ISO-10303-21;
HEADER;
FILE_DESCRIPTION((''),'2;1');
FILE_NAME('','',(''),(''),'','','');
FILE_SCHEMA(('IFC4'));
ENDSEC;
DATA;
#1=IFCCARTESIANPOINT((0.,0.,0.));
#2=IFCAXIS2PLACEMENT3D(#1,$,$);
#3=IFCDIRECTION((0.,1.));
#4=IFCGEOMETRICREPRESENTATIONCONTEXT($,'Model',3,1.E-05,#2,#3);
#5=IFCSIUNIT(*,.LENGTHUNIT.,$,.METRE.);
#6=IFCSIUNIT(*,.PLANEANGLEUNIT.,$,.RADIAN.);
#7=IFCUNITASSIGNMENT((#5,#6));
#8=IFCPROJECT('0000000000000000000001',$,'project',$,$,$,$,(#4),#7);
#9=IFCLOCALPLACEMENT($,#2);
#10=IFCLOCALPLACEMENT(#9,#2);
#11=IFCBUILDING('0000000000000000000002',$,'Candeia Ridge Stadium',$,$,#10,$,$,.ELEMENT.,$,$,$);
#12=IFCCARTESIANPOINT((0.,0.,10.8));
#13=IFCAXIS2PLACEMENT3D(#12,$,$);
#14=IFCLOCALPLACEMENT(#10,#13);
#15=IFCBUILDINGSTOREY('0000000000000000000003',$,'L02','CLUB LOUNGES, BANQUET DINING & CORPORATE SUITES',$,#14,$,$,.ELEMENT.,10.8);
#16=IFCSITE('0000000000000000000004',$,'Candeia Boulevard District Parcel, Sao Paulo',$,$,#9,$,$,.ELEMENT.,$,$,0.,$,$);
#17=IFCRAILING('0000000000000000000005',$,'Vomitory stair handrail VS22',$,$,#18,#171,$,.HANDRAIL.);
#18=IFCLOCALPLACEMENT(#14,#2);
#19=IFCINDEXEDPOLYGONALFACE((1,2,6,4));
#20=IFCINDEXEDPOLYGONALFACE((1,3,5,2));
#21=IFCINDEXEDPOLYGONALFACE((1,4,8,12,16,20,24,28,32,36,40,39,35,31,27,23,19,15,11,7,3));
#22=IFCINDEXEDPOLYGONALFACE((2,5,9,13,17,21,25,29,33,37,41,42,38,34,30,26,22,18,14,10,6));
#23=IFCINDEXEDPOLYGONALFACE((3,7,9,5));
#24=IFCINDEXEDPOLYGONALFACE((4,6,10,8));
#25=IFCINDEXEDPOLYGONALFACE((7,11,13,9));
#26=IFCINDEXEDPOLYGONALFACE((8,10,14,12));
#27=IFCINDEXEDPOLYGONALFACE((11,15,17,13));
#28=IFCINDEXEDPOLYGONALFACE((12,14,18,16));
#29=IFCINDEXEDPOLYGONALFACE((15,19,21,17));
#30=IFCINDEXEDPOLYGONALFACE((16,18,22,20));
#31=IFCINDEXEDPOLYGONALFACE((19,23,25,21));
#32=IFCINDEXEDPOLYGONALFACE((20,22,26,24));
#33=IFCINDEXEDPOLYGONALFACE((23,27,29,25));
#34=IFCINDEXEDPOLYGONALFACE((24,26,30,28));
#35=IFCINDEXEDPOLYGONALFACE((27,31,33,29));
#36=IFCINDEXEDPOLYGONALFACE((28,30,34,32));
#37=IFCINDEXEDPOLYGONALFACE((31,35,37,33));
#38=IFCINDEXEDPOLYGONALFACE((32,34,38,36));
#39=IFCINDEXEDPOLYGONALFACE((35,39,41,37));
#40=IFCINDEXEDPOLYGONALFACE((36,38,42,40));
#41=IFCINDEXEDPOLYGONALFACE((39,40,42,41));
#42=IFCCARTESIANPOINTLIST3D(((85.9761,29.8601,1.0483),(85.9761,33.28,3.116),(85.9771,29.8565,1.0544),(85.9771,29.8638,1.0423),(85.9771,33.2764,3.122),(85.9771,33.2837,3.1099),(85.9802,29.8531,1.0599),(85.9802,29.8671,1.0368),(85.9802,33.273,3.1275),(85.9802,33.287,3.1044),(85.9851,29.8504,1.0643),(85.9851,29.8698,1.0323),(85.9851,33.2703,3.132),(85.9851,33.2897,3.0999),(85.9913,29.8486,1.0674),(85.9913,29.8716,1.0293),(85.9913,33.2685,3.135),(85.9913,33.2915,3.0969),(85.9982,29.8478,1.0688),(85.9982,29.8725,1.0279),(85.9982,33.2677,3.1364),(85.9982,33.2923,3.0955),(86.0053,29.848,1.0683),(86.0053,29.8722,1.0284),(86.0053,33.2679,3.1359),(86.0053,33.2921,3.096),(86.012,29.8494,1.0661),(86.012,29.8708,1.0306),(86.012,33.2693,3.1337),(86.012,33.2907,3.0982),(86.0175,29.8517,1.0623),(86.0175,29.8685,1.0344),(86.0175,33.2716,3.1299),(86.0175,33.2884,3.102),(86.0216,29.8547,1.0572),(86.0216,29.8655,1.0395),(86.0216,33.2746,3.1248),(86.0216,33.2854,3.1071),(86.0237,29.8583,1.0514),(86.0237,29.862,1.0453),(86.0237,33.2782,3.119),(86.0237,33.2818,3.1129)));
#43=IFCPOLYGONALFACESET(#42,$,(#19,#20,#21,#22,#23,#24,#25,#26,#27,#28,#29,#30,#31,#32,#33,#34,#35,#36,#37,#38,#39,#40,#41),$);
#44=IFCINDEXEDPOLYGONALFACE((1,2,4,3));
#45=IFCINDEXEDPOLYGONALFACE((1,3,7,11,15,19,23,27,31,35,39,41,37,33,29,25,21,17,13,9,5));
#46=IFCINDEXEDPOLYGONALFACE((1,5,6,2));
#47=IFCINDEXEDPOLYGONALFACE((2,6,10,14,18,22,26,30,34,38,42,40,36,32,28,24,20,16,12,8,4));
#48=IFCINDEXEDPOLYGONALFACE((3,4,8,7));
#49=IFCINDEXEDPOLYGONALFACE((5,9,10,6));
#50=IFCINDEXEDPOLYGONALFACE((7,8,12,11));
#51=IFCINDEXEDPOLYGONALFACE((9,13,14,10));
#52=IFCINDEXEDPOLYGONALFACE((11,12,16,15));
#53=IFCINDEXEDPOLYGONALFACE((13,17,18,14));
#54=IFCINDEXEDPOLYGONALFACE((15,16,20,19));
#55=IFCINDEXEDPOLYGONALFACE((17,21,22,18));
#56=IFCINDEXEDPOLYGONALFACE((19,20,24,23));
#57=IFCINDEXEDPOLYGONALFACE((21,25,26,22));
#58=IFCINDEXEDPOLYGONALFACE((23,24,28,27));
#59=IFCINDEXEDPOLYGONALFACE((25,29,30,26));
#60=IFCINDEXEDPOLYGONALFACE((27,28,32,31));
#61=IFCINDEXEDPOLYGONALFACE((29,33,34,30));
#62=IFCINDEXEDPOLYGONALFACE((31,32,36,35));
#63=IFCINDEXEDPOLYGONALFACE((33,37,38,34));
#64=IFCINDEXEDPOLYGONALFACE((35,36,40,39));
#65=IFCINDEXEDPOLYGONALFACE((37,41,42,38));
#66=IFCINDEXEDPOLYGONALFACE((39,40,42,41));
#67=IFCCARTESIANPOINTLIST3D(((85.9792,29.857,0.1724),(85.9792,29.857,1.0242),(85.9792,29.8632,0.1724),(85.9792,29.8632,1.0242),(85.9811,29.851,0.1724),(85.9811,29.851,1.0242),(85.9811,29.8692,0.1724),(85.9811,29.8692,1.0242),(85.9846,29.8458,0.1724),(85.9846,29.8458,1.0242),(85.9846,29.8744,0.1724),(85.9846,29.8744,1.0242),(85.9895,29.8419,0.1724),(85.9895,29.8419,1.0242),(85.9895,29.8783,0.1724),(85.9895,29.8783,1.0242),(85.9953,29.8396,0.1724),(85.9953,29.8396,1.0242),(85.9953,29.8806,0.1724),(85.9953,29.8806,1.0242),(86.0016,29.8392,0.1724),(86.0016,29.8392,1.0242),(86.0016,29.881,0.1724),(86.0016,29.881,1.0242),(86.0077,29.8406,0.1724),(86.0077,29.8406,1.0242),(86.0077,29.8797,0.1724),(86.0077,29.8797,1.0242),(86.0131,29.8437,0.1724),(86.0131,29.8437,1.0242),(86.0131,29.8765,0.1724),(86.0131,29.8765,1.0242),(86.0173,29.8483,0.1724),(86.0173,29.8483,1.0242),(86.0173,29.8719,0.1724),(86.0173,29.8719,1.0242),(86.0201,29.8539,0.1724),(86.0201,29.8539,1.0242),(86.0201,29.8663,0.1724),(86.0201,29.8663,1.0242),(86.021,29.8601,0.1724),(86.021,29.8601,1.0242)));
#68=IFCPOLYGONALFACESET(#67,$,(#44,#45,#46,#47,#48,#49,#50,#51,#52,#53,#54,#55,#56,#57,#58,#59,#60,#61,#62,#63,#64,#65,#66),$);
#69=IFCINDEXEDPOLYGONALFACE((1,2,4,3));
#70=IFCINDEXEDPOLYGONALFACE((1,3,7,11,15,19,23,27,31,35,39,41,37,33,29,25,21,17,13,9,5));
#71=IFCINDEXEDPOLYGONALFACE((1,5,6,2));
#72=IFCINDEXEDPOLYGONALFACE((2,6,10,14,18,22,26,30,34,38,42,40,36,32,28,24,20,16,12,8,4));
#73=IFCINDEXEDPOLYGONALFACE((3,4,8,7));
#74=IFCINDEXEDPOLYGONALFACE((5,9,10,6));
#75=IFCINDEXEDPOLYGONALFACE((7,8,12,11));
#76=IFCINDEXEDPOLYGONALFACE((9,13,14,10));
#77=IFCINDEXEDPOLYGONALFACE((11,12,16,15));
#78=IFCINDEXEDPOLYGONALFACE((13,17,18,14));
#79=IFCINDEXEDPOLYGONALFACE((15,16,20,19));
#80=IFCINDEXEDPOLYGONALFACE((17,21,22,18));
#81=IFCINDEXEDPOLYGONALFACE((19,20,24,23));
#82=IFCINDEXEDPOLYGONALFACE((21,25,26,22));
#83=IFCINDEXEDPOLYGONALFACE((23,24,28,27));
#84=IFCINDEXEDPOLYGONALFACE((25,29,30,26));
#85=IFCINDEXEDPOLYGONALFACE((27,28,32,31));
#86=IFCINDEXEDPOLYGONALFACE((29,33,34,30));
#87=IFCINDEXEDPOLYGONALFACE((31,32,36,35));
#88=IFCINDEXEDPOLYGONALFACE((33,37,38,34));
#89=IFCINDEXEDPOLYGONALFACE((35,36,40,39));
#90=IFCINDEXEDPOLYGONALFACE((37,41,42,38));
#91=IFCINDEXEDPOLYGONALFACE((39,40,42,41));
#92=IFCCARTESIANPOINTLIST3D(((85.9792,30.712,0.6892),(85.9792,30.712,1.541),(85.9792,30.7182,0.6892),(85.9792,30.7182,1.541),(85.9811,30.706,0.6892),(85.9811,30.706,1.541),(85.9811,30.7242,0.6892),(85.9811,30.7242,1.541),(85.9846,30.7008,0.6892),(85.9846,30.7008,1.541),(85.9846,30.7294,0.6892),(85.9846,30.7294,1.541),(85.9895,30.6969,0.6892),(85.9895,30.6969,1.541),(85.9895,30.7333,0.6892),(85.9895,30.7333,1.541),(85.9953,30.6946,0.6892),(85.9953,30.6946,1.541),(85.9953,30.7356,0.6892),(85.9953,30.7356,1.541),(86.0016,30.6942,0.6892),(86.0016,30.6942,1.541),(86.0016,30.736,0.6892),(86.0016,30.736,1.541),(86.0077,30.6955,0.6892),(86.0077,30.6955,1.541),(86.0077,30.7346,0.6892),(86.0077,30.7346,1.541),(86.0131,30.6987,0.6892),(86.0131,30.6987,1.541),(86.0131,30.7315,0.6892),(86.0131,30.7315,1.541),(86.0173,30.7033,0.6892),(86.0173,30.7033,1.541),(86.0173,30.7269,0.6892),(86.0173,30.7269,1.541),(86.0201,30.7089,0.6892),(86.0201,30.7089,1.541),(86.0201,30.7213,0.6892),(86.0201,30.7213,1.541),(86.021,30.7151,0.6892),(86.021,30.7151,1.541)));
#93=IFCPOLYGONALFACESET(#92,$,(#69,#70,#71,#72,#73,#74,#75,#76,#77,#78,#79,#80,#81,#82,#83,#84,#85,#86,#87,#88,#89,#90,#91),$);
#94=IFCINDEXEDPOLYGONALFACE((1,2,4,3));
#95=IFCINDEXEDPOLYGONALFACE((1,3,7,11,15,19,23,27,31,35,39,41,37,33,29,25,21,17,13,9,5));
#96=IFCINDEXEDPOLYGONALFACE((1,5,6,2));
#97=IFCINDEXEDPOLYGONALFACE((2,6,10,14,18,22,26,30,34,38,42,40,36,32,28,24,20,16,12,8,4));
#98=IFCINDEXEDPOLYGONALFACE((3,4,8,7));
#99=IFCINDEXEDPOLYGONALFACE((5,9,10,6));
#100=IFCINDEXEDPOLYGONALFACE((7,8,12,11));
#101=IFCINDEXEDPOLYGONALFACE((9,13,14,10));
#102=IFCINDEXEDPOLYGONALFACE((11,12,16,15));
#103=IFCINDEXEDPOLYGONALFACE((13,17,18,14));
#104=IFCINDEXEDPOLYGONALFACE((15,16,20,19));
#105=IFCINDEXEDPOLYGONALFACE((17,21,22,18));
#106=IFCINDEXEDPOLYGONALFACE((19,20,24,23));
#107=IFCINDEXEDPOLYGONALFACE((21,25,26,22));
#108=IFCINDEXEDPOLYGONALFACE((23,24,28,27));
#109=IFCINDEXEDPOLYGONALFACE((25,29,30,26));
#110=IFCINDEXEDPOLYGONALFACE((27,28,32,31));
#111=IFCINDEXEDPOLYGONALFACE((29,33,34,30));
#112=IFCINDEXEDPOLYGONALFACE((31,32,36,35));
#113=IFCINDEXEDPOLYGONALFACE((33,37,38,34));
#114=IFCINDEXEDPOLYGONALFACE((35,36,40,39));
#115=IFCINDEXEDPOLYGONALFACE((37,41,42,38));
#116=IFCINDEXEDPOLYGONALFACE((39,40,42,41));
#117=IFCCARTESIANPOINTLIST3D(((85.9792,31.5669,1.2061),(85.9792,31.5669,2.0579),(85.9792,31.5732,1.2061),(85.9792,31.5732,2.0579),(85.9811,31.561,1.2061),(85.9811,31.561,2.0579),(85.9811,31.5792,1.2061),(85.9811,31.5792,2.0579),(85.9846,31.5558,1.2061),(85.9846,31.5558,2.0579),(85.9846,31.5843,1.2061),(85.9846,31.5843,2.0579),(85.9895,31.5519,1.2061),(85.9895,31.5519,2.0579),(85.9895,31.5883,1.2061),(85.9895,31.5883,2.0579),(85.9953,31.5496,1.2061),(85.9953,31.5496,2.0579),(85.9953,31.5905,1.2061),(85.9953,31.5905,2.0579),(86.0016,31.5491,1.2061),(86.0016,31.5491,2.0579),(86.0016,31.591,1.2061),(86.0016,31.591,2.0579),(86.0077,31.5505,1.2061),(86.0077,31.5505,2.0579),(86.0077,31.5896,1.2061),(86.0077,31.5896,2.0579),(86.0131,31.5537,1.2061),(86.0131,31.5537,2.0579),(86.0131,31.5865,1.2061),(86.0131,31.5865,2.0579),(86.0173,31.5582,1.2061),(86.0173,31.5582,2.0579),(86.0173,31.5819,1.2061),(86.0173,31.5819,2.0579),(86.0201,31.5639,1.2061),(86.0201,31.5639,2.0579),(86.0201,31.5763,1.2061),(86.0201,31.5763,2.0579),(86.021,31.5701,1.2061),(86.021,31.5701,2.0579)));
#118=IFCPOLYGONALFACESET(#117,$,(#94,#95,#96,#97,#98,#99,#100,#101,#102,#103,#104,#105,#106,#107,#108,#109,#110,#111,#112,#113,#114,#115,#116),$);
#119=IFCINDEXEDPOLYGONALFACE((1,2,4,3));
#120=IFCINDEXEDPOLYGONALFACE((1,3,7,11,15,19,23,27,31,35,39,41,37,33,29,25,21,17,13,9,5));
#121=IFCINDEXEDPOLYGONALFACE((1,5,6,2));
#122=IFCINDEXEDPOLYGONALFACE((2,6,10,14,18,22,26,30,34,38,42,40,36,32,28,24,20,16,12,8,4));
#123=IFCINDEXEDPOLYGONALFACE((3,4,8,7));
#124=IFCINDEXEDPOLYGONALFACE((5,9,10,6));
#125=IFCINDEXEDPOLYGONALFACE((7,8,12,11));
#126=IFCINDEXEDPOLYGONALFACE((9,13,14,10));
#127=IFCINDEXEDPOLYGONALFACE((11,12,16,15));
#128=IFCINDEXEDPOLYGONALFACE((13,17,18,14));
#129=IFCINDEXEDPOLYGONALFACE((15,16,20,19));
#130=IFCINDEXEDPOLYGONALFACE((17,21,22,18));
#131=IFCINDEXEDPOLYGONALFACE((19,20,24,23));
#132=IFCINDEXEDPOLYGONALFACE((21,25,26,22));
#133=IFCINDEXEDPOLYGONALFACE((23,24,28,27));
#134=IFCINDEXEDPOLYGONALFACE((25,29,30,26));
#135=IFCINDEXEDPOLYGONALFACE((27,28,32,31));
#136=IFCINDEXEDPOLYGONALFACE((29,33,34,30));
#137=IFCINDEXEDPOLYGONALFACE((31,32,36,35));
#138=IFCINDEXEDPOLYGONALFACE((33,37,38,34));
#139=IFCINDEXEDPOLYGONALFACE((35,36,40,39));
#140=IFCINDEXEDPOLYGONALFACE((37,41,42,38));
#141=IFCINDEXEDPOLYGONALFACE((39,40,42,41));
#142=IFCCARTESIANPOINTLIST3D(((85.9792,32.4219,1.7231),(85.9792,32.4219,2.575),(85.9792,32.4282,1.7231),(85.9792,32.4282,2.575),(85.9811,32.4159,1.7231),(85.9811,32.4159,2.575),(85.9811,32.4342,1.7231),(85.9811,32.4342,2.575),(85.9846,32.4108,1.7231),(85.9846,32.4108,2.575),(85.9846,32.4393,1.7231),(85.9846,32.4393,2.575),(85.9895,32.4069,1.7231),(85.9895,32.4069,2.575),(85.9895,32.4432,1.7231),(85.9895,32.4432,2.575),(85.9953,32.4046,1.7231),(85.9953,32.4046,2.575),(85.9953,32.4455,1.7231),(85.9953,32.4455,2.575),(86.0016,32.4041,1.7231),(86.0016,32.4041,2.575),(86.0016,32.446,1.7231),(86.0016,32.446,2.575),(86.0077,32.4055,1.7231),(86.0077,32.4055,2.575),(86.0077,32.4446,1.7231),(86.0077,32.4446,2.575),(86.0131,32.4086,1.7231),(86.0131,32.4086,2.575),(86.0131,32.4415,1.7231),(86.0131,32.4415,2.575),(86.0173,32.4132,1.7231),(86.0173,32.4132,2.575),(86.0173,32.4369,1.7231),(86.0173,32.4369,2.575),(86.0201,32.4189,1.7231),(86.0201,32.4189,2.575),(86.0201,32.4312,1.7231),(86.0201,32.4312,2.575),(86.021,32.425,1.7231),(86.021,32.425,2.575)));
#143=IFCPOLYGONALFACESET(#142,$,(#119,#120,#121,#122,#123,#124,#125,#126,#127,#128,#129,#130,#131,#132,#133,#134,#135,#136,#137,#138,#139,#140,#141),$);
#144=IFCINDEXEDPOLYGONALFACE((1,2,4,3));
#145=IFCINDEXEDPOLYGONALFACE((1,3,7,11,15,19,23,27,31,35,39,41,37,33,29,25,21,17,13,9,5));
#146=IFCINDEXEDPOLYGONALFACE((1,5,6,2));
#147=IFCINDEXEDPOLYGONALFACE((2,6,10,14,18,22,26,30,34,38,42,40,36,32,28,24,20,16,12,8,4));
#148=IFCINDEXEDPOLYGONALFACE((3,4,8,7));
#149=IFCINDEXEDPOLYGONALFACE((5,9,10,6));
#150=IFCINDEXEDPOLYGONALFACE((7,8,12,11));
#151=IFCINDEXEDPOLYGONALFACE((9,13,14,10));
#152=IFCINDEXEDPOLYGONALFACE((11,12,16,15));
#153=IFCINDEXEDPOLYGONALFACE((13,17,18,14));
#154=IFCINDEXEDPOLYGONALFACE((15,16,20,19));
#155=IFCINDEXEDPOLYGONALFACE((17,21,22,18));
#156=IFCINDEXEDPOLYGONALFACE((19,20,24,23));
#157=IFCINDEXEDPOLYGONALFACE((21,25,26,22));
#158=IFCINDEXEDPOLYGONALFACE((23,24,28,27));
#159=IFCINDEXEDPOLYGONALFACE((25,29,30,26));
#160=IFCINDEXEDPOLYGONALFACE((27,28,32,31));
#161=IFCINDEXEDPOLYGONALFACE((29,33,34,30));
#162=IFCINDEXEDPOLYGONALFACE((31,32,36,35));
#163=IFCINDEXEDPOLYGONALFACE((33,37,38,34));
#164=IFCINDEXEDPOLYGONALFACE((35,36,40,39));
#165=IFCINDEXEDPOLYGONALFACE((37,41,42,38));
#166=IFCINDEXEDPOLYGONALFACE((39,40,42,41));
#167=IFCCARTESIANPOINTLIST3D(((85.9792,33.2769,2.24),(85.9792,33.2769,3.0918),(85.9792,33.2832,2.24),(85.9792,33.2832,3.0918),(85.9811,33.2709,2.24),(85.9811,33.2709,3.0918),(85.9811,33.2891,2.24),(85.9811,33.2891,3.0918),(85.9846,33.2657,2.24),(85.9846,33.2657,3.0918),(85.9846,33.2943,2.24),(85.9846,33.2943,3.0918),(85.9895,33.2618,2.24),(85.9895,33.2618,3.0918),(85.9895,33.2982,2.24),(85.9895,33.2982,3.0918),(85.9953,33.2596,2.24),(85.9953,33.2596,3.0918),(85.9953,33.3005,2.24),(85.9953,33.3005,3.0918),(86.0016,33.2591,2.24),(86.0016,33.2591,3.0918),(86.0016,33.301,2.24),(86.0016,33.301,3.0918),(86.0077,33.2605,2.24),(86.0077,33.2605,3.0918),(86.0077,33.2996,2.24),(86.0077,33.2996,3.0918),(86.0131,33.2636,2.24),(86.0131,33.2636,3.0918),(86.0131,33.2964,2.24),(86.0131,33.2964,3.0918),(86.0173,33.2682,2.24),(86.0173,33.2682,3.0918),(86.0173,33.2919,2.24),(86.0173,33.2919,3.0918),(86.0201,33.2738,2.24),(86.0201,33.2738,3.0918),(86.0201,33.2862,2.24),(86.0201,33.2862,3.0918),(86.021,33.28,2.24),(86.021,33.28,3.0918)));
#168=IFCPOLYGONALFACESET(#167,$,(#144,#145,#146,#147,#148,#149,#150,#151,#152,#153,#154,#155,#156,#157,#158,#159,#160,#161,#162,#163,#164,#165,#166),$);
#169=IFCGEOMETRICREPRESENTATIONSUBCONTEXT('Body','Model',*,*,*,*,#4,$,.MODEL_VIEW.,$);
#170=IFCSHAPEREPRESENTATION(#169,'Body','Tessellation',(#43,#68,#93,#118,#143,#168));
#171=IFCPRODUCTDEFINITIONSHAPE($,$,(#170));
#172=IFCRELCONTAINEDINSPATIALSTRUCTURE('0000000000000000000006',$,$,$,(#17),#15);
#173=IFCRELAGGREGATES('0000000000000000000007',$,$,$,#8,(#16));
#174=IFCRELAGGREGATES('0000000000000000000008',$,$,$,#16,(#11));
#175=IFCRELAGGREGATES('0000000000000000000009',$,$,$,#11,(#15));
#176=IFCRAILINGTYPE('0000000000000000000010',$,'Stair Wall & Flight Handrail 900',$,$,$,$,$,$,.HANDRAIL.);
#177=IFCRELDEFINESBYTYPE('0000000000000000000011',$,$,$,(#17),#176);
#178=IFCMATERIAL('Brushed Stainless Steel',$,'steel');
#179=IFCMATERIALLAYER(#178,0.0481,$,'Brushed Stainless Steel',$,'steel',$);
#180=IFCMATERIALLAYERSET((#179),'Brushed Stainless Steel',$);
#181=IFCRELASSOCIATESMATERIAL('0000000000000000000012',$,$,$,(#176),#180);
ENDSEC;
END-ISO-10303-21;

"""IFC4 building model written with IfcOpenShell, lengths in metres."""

from ifc_helpers import new_model, si_unit, direction, frame, origin, origin_2d, place, context, subcontext, project, spatial, circle, extrude, material, layer, layer_set, type_object, element, save


model = new_model("IFC4")

# Units and contexts
model_context = context("Model", 3, precision=1e-05, world=origin(), true_north=direction((0.0, 1.0)))
body_context = subcontext(model_context, "Body", "Model", "MODEL_VIEW")
ifc_project = project(units=[si_unit("LENGTHUNIT", "METRE"), si_unit("PLANEANGLEUNIT", "RADIAN")], contexts=[model_context])

# Site, building, storey
site_placement = place(None, origin())
site = spatial("IfcSite", under=ifc_project, at=site_placement, Name="Candeia Boulevard District Parcel, Sao Paulo", CompositionType="ELEMENT", RefElevation=0.0)
building_placement = place(site_placement, origin())
building = spatial("IfcBuilding", under=site, at=building_placement, Name="Candeia Ridge Stadium", CompositionType="ELEMENT")
storey_placement = place(building_placement, frame((0.0, 0.0, 10.8)))
storey = spatial("IfcBuildingStorey", under=building, at=storey_placement, Name="L02", Description="CLUB LOUNGES, BANQUET DINING & CORPORATE SUITES", CompositionType="ELEMENT", Elevation=10.8)

# Railing
ifc_material_1 = material(Name="Brushed Stainless Steel", Category="steel")
ifc_layer_1 = layer(ifc_material_1, 0.0481, Name="Brushed Stainless Steel", Category="steel")
ifc_layer_set_1 = layer_set([ifc_layer_1], Name="Brushed Stainless Steel")
railing_type_1 = type_object("IfcRailingType", Name="Stair Wall & Flight Handrail 900", PredefinedType="HANDRAIL", material=ifc_layer_set_1)
railing_1_placement = place(storey_placement, frame((86.0, 29.8601, 0.1724)))
element("IfcRailing", 1, at=railing_1_placement, inside=storey, type_object=railing_type_1, Name="Vomitory stair handrail VS22", PredefinedType="HANDRAIL", context=body_context, shape_type="SweptSolid", body=[
    extrude(circle(Radius=0.0239, at=origin_2d()), frame((0.0, 0.0, 0.876), z_axis=(0.0, 0.855758, 0.517377), x_axis=(-1.0, 0.0, 0.0)), (0.0, 0.0, 1.0), 3.9963),
    extrude(circle(Radius=0.021, at=origin_2d()), origin(), (0.0, 0.0, 1.0), 0.8518),
    extrude(circle(Radius=0.021, at=origin_2d()), frame((0.0, 0.855, 0.5168)), (0.0, 0.0, 1.0), 0.8518),
    extrude(circle(Radius=0.021, at=origin_2d()), frame((0.0, 1.71, 1.0337)), (0.0, 0.0, 1.0), 0.8518),
    extrude(circle(Radius=0.021, at=origin_2d()), frame((0.0, 2.5649, 1.5508)), (0.0, 0.0, 1.0), 0.8518),
    extrude(circle(Radius=0.021, at=origin_2d()), frame((0.0, 3.4199, 2.0676)), (0.0, 0.0, 1.0), 0.8518),
])

save(model, "model.ifc")
